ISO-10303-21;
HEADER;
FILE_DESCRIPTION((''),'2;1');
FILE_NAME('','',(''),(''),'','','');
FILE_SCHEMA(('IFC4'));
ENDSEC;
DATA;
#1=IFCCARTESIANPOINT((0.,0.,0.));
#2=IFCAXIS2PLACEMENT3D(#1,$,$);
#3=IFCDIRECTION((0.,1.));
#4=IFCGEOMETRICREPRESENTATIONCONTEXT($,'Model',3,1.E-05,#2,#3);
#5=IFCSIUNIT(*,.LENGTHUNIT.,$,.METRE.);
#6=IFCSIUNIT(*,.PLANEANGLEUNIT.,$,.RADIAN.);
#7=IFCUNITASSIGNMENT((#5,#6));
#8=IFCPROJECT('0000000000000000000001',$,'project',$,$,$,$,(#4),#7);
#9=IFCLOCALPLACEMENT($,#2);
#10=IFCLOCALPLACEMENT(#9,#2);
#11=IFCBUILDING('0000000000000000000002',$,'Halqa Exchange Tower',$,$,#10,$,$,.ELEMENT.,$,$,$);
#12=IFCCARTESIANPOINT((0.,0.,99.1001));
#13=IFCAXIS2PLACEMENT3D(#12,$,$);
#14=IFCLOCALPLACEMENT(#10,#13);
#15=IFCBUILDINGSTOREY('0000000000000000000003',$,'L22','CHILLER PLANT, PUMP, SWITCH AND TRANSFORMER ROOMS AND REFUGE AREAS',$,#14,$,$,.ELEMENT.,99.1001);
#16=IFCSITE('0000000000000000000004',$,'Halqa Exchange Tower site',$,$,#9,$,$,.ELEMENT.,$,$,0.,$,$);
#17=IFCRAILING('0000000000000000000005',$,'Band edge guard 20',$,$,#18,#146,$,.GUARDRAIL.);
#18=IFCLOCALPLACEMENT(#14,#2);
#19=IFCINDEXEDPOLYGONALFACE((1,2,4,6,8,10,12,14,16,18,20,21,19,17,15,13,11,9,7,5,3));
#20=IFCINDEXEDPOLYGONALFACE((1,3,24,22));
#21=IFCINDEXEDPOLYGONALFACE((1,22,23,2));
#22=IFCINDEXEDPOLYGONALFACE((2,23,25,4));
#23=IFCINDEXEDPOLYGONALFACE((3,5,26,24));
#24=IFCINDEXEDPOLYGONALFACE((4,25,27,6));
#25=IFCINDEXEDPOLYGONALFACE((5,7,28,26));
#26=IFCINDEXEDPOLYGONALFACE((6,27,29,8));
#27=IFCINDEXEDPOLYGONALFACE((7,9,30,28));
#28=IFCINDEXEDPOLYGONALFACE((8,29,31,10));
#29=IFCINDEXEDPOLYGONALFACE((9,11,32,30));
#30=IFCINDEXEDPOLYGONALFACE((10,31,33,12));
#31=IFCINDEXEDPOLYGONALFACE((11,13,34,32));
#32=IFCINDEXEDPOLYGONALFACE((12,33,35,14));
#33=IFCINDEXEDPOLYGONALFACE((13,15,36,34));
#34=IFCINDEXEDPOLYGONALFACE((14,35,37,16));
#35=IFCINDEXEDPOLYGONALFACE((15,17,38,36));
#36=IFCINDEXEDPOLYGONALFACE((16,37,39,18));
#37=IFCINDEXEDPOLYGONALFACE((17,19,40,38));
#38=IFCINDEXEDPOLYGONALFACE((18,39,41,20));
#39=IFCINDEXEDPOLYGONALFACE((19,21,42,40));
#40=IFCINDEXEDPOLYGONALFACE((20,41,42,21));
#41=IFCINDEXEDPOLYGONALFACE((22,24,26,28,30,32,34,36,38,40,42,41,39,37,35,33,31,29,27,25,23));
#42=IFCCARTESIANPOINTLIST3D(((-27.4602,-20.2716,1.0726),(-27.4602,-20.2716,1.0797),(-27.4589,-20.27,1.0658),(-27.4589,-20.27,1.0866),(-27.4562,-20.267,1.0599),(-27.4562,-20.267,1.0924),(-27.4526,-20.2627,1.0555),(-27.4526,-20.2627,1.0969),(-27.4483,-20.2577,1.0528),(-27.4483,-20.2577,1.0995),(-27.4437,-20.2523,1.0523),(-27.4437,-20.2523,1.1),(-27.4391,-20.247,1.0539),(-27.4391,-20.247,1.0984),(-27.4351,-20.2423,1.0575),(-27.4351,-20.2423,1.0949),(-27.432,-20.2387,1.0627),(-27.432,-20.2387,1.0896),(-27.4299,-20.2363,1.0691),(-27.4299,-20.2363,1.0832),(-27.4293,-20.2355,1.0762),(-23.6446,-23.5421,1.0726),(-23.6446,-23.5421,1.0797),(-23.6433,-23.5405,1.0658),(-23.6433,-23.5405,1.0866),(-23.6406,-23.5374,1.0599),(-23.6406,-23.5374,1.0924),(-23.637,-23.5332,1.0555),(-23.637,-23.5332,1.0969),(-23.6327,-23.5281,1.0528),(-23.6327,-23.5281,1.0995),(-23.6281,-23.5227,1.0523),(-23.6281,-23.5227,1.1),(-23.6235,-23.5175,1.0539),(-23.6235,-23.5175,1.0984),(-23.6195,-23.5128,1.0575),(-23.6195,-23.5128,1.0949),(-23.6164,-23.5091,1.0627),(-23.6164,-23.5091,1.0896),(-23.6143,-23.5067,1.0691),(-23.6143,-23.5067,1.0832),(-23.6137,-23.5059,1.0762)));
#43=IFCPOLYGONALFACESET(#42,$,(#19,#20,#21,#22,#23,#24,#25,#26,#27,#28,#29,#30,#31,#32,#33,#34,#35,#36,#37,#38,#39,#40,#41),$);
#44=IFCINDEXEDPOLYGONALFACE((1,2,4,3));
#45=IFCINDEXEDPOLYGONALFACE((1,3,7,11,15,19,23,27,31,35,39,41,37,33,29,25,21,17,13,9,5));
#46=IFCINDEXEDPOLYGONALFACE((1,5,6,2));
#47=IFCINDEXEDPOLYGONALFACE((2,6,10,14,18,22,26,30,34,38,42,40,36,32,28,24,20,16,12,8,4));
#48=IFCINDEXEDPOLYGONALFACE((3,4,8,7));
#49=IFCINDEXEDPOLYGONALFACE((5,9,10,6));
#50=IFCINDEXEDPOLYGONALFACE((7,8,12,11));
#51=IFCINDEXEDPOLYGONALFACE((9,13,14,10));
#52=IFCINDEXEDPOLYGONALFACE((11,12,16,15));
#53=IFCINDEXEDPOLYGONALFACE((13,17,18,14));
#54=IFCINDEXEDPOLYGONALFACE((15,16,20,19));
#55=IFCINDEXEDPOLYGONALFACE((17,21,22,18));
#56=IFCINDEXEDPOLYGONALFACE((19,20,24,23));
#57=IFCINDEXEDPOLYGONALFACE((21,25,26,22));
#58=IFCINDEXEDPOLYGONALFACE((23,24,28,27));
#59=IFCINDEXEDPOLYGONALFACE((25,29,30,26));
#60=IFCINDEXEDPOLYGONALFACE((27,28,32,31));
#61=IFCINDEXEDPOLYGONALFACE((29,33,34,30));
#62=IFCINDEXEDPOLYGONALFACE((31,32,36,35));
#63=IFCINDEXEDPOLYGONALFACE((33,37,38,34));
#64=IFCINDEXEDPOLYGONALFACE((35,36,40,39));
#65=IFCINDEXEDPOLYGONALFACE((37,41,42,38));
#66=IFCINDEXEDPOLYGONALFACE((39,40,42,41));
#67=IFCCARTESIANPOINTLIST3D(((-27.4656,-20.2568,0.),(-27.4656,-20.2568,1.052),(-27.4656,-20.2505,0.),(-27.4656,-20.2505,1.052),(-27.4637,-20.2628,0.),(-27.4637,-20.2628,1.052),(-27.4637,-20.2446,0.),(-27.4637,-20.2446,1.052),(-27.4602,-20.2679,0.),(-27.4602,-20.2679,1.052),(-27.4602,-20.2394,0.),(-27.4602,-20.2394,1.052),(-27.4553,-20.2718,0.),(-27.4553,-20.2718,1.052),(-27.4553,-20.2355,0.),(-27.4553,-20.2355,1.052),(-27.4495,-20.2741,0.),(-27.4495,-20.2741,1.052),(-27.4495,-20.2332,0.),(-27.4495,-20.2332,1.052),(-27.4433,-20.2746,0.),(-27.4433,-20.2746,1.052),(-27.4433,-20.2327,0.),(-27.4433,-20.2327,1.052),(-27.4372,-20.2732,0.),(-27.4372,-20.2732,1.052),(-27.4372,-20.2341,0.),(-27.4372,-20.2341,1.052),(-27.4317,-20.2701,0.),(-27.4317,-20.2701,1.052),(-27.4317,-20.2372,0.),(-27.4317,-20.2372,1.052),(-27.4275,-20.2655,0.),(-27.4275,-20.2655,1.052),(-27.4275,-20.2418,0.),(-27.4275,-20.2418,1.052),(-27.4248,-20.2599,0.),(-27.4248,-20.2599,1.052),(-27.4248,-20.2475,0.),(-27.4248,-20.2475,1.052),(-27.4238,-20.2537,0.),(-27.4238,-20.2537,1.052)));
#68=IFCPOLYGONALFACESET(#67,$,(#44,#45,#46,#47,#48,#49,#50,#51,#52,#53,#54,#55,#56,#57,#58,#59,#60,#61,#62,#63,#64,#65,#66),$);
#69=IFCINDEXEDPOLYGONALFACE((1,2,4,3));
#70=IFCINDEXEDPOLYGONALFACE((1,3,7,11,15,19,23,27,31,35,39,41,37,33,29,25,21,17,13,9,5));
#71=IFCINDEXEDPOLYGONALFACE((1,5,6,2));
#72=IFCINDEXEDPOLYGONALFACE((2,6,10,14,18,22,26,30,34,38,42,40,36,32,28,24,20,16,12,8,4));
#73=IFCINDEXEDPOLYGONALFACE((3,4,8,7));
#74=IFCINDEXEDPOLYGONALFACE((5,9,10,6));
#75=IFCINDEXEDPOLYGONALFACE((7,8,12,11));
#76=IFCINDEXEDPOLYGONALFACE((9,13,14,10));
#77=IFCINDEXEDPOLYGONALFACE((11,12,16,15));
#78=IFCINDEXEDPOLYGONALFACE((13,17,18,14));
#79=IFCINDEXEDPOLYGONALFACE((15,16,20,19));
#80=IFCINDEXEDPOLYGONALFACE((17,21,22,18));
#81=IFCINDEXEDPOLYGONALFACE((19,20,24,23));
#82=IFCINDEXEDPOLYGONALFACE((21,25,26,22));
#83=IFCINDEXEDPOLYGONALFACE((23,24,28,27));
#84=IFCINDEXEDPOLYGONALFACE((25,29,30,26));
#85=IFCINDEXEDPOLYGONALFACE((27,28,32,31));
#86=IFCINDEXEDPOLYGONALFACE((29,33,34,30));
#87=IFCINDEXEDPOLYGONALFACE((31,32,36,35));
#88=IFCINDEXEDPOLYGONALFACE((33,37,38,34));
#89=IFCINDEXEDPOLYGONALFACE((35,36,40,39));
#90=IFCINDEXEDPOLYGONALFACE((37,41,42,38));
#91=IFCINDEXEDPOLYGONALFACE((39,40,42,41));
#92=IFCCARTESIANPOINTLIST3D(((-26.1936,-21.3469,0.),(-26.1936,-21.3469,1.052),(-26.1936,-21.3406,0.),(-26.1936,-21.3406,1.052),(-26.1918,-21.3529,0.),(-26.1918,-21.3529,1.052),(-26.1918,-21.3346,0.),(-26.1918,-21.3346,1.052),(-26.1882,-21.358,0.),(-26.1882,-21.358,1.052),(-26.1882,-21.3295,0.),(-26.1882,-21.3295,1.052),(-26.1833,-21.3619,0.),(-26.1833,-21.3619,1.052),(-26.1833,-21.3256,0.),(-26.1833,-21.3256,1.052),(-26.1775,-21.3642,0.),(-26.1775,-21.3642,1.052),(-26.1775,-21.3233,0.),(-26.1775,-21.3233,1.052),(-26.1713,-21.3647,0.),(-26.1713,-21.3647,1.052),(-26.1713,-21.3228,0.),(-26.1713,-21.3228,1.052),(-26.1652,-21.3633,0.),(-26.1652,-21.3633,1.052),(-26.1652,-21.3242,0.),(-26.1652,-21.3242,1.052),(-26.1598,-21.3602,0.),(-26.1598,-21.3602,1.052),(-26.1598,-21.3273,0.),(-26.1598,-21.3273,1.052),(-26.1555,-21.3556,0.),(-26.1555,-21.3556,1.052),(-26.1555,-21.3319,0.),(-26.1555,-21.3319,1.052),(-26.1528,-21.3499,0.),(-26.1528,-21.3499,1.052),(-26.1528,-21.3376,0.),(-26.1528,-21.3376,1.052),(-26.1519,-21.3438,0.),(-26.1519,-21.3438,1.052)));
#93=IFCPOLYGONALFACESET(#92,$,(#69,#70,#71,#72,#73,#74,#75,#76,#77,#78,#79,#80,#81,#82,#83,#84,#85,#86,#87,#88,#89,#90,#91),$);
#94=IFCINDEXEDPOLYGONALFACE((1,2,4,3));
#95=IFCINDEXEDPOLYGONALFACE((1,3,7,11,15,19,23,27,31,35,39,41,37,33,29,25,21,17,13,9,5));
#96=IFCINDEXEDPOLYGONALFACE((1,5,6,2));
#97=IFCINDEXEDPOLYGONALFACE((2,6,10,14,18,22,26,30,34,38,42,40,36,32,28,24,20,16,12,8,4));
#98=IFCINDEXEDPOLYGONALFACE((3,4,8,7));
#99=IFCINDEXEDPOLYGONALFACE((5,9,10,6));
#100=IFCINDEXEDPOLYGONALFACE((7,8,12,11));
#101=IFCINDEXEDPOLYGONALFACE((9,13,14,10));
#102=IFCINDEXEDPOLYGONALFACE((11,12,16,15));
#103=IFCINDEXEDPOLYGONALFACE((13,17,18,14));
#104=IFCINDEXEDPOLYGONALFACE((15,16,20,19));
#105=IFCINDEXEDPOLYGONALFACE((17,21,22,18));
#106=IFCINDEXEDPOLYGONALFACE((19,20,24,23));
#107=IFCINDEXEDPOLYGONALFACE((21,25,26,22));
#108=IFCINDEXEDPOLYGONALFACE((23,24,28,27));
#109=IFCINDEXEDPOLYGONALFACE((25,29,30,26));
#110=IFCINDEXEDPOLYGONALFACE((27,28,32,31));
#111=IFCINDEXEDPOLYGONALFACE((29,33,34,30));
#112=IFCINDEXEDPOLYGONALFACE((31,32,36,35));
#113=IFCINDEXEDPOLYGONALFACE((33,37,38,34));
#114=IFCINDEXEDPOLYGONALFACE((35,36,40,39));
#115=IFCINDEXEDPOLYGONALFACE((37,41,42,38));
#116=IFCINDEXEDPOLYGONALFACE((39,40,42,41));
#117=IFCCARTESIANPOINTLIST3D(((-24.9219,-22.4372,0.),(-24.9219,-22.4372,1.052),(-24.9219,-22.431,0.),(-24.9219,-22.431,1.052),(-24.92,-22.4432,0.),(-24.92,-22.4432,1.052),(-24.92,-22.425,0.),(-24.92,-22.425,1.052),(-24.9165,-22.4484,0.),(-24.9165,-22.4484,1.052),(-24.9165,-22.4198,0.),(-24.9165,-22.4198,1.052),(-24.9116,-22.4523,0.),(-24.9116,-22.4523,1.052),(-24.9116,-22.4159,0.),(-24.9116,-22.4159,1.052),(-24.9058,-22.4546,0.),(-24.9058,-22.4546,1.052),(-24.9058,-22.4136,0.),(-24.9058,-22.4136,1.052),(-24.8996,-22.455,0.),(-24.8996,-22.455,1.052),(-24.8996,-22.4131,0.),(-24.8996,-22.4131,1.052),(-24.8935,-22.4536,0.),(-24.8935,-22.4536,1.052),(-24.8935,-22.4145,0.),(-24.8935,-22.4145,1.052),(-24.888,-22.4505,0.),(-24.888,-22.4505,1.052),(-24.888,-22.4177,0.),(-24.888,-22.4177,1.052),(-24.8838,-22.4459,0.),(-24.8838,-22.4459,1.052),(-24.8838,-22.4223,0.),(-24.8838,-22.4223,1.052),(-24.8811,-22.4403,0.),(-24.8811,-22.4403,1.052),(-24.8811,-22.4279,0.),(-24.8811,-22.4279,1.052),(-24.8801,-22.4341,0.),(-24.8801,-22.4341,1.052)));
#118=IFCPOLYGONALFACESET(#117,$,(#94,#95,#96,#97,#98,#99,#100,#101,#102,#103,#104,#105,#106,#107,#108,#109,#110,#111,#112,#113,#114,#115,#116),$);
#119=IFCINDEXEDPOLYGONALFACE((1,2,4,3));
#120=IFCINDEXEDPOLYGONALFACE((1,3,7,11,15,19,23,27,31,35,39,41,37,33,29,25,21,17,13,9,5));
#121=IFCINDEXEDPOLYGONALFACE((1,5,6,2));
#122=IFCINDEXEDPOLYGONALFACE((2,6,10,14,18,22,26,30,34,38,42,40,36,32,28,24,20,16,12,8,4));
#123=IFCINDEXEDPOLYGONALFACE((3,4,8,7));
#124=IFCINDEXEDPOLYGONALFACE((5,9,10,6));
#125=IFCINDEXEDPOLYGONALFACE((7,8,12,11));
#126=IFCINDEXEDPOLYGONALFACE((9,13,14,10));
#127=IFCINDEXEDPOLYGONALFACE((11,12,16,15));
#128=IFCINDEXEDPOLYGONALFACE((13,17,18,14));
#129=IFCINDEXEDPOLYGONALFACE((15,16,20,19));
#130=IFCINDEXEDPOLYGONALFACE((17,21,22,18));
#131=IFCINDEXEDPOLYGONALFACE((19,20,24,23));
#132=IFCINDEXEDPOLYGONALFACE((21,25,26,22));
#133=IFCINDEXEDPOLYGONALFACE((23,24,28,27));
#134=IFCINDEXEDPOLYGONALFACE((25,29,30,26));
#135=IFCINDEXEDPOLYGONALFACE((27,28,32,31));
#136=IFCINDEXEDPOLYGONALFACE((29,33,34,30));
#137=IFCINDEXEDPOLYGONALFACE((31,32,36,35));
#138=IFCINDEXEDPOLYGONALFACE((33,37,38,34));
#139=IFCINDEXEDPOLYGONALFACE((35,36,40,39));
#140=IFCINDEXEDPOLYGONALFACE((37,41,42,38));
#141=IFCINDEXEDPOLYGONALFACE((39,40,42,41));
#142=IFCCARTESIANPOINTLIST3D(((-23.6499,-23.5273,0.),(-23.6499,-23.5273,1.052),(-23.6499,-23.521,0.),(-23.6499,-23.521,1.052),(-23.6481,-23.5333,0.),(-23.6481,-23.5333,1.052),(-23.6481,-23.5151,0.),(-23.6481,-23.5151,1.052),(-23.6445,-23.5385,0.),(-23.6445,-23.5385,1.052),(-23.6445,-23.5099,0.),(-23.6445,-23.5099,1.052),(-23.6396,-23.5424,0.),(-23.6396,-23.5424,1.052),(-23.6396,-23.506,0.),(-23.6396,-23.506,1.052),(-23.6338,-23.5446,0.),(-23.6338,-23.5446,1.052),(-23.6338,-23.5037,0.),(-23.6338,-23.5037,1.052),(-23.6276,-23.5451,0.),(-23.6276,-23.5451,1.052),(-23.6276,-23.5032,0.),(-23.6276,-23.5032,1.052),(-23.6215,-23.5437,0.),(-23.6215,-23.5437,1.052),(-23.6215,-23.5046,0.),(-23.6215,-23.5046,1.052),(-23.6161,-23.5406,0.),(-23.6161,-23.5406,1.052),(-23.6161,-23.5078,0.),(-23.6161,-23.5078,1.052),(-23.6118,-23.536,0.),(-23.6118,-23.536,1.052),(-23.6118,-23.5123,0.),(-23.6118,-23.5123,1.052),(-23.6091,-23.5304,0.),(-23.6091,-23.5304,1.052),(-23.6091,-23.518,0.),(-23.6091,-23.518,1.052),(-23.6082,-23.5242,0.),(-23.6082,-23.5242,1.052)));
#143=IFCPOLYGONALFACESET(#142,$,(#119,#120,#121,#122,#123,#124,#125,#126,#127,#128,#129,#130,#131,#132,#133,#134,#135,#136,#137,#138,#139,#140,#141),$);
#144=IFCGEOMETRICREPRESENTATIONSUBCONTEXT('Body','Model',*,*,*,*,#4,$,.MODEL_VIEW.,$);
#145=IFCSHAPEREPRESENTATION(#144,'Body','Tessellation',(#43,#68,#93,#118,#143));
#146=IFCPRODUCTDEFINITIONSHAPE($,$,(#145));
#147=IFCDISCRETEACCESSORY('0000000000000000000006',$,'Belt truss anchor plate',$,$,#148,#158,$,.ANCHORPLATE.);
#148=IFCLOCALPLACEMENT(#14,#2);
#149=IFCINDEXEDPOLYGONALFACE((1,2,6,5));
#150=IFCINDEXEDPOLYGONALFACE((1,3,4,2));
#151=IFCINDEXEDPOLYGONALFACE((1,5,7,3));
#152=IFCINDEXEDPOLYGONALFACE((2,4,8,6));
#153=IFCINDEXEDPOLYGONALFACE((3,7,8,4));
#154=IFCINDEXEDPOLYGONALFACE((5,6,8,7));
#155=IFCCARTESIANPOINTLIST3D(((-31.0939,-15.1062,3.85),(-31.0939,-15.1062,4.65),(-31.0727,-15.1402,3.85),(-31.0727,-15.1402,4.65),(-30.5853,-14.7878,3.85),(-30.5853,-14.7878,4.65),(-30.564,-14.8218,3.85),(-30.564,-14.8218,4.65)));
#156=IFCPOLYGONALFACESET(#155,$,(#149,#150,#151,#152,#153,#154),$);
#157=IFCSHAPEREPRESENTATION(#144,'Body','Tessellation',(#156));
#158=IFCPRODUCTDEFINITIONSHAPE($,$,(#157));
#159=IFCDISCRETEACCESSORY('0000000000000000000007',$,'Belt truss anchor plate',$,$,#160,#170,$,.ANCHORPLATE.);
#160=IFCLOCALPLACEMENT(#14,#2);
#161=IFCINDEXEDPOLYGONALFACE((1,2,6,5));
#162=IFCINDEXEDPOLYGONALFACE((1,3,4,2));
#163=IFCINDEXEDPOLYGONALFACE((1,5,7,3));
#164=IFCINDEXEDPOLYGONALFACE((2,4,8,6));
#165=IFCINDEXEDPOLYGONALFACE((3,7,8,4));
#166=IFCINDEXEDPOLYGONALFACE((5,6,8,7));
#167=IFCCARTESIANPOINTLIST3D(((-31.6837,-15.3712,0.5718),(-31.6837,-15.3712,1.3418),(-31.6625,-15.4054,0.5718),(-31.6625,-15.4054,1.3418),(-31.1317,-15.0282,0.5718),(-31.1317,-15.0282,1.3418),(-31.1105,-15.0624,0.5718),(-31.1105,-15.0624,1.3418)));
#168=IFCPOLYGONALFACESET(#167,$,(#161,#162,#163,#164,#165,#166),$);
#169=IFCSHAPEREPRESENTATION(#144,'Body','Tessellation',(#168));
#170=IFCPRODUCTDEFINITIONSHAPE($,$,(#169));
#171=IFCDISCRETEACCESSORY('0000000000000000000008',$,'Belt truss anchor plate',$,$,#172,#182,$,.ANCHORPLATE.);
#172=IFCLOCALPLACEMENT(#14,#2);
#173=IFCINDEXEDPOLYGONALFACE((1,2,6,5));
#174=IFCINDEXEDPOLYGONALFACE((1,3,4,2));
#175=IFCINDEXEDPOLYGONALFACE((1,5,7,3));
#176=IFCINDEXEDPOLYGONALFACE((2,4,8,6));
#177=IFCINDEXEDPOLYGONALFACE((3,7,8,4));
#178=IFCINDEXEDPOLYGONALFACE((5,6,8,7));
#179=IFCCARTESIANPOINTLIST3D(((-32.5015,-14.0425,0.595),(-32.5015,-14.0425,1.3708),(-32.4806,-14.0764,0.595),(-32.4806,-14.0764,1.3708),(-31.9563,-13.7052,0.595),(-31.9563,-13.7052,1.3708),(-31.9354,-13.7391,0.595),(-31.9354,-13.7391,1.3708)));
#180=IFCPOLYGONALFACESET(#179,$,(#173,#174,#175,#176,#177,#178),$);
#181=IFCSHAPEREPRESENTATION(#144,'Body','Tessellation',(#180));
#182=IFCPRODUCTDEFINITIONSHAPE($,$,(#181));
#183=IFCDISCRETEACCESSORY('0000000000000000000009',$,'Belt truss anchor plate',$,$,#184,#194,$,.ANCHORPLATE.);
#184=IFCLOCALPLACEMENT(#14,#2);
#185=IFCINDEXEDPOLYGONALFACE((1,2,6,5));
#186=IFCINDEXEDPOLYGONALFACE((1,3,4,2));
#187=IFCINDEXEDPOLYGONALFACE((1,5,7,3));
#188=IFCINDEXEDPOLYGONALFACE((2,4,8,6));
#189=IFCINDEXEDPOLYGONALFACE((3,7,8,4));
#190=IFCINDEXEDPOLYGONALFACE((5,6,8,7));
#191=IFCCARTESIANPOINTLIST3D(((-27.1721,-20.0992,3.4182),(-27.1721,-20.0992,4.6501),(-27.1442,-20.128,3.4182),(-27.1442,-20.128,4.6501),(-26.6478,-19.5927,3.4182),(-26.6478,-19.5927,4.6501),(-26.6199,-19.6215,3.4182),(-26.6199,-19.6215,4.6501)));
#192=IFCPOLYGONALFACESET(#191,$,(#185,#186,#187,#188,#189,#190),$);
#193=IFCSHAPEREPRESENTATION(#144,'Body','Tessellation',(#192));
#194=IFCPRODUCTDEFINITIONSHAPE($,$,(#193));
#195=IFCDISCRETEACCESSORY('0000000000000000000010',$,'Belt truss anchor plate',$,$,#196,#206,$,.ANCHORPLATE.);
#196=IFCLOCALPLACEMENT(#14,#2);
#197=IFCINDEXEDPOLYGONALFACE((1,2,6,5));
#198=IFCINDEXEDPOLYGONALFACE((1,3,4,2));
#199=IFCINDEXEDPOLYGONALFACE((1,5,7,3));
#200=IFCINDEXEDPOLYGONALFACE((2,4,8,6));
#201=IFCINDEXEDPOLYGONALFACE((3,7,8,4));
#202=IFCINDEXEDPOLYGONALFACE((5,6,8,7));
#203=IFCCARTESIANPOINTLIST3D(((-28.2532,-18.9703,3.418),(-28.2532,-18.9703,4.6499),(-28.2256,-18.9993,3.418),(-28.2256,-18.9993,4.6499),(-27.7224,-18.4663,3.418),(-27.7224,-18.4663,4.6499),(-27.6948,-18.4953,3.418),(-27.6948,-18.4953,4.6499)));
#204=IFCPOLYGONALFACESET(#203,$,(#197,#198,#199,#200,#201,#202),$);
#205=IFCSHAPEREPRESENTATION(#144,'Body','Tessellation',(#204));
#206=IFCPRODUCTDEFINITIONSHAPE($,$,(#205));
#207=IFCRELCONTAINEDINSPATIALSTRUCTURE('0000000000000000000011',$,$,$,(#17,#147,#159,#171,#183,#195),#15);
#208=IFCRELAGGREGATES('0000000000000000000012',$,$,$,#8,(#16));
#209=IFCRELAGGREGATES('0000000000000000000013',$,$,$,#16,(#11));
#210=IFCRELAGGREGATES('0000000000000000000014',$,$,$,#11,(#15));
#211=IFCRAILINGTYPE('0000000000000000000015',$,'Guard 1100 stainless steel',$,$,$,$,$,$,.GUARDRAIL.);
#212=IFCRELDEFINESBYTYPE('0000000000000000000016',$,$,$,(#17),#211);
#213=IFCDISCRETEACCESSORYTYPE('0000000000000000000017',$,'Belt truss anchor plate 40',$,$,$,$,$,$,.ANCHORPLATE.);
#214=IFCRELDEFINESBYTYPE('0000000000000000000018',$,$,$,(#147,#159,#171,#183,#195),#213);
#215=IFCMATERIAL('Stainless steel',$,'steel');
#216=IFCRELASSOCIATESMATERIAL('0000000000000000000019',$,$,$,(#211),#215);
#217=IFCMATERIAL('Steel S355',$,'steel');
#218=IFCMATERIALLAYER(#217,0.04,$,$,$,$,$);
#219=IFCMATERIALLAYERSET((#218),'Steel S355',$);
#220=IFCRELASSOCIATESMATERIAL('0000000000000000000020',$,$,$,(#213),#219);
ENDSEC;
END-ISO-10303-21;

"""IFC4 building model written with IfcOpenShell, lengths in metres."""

from ifc_helpers import new_model, si_unit, direction, frame, origin, origin_2d, place, context, subcontext, project, spatial, rectangle, circle, extrude, material, layer, layer_set, type_object, element, save


model = new_model("IFC4")

# Units and contexts
model_context = context("Model", 3, precision=1e-05, world=origin(), true_north=direction((0.0, 1.0)))
body_context = subcontext(model_context, "Body", "Model", "MODEL_VIEW")
ifc_project = project(units=[si_unit("LENGTHUNIT", "METRE"), si_unit("PLANEANGLEUNIT", "RADIAN")], contexts=[model_context])

# Site, building, storey
site_placement = place(None, origin())
site = spatial("IfcSite", under=ifc_project, at=site_placement, Name="Halqa Exchange Tower site", CompositionType="ELEMENT", RefElevation=0.0)
building_placement = place(site_placement, origin())
building = spatial("IfcBuilding", under=site, at=building_placement, Name="Halqa Exchange Tower", CompositionType="ELEMENT")
storey_placement = place(building_placement, frame((0.0, 0.0, 99.1001)))
storey = spatial("IfcBuildingStorey", under=building, at=storey_placement, Name="L22", Description="CHILLER PLANT, PUMP, SWITCH AND TRANSFORMER ROOMS AND REFUGE AREAS", CompositionType="ELEMENT", Elevation=99.1001)

# Shared definitions
ifc_material_1 = material(Name="Steel S355", Category="steel")

# Railing
ifc_material_2 = material(Name="Stainless steel", Category="steel")
railing_type = type_object("IfcRailingType", Name="Guard 1100 stainless steel", PredefinedType="GUARDRAIL", material=ifc_material_2)
railing_1_placement = place(storey_placement, frame((-27.4448, -20.2537, 0.0)))
element("IfcRailing", 1, at=railing_1_placement, inside=storey, type_object=railing_type, Name="Band edge guard 20", PredefinedType="GUARDRAIL", context=body_context, shape_type="SweptSolid", body=[
    extrude(circle(Radius=0.0239, at=origin_2d()), frame((0.0, 0.0, 1.0762), z_axis=(0.759263, -0.650783, 0.0), x_axis=(0.650783, 0.759263, 0.0)), (0.0, 0.0, 1.0), 5.0254),
    extrude(circle(Radius=0.021, at=origin_2d()), origin(), (0.0, 0.0, 1.0), 1.052),
    extrude(circle(Radius=0.021, at=origin_2d()), frame((1.272, -1.0901, 0.0)), (0.0, 0.0, 1.0), 1.052),
    extrude(circle(Radius=0.021, at=origin_2d()), frame((2.5437, -2.1804, 0.0)), (0.0, 0.0, 1.0), 1.052),
    extrude(circle(Radius=0.021, at=origin_2d()), frame((3.8157, -3.2705, 0.0)), (0.0, 0.0, 1.0), 1.052),
])

# Discrete accessories
ifc_layer_1 = layer(ifc_material_1, 0.04)
ifc_layer_set_1 = layer_set([ifc_layer_1], Name="Steel S355")
discrete_accessory_type = type_object("IfcDiscreteAccessoryType", Name="Belt truss anchor plate 40", PredefinedType="ANCHORPLATE", material=ifc_layer_set_1)
discrete_accessory_1_placement = place(storey_placement, frame((-30.8396, -14.947, 4.25), z_axis=(0.530547, -0.847656, 0.0), x_axis=(0.847656, 0.530547, 0.0)))
element("IfcDiscreteAccessory", 2, at=discrete_accessory_1_placement, inside=storey, type_object=discrete_accessory_type, Name="Belt truss anchor plate", PredefinedType="ANCHORPLATE", context=body_context, shape_type="SweptSolid", body=[
    extrude(rectangle(XDim=0.6001, YDim=0.8, at=origin_2d()), origin(), (0.0, 0.0, 1.0), 0.04),
])
discrete_accessory_2_placement = place(storey_placement, frame((-31.4077, -15.1997, 0.9568), z_axis=(0.527816, -0.849359, 0.0), x_axis=(0.849359, 0.527816, 0.0)))
element("IfcDiscreteAccessory", 3, at=discrete_accessory_2_placement, inside=storey, type_object=discrete_accessory_type, Name="Belt truss anchor plate", PredefinedType="ANCHORPLATE", context=body_context, shape_type="SweptSolid", body=[
    extrude(rectangle(XDim=0.6499, YDim=0.77, at=origin_2d()), origin(), (0.0, 0.0, 1.0), 0.0403),
])
discrete_accessory_3_placement = place(storey_placement, frame((-32.208, -13.9077, 0.9829), z_axis=(-0.526144, 0.850396, 0.0), x_axis=(-0.850396, -0.526144, 0.0)))
element("IfcDiscreteAccessory", 4, at=discrete_accessory_3_placement, inside=storey, type_object=discrete_accessory_type, Name="Belt truss anchor plate", PredefinedType="ANCHORPLATE", context=body_context, shape_type="SweptSolid", body=[
    extrude(rectangle(XDim=0.6411, YDim=0.7759, at=origin_2d()), origin(), (0.0, 0.0, 1.0), 0.0398),
])
discrete_accessory_4_placement = place(storey_placement, frame((-26.9099, -19.8459, 4.0342), z_axis=(0.694812, -0.719191, 0.0), x_axis=(0.719191, 0.694812, 0.0)))
element("IfcDiscreteAccessory", 5, at=discrete_accessory_4_placement, inside=storey, type_object=discrete_accessory_type, Name="Belt truss anchor plate", PredefinedType="ANCHORPLATE", context=body_context, shape_type="SweptSolid", body=[
    extrude(rectangle(XDim=0.729, YDim=1.2319, at=origin_2d()), origin(), (0.0, 0.0, 1.0), 0.04),
])
discrete_accessory_5_placement = place(storey_placement, frame((-27.9602, -18.7473, 4.0339), z_axis=(-0.688589, 0.725152, 0.0), x_axis=(-0.725152, -0.688589, 0.0)))
element("IfcDiscreteAccessory", 6, at=discrete_accessory_5_placement, inside=storey, type_object=discrete_accessory_type, Name="Belt truss anchor plate", PredefinedType="ANCHORPLATE", context=body_context, shape_type="SweptSolid", body=[
    extrude(rectangle(XDim=0.7319, YDim=1.2319, at=origin_2d()), origin(), (0.0, 0.0, 1.0), 0.04),
])

save(model, "model.ifc")
